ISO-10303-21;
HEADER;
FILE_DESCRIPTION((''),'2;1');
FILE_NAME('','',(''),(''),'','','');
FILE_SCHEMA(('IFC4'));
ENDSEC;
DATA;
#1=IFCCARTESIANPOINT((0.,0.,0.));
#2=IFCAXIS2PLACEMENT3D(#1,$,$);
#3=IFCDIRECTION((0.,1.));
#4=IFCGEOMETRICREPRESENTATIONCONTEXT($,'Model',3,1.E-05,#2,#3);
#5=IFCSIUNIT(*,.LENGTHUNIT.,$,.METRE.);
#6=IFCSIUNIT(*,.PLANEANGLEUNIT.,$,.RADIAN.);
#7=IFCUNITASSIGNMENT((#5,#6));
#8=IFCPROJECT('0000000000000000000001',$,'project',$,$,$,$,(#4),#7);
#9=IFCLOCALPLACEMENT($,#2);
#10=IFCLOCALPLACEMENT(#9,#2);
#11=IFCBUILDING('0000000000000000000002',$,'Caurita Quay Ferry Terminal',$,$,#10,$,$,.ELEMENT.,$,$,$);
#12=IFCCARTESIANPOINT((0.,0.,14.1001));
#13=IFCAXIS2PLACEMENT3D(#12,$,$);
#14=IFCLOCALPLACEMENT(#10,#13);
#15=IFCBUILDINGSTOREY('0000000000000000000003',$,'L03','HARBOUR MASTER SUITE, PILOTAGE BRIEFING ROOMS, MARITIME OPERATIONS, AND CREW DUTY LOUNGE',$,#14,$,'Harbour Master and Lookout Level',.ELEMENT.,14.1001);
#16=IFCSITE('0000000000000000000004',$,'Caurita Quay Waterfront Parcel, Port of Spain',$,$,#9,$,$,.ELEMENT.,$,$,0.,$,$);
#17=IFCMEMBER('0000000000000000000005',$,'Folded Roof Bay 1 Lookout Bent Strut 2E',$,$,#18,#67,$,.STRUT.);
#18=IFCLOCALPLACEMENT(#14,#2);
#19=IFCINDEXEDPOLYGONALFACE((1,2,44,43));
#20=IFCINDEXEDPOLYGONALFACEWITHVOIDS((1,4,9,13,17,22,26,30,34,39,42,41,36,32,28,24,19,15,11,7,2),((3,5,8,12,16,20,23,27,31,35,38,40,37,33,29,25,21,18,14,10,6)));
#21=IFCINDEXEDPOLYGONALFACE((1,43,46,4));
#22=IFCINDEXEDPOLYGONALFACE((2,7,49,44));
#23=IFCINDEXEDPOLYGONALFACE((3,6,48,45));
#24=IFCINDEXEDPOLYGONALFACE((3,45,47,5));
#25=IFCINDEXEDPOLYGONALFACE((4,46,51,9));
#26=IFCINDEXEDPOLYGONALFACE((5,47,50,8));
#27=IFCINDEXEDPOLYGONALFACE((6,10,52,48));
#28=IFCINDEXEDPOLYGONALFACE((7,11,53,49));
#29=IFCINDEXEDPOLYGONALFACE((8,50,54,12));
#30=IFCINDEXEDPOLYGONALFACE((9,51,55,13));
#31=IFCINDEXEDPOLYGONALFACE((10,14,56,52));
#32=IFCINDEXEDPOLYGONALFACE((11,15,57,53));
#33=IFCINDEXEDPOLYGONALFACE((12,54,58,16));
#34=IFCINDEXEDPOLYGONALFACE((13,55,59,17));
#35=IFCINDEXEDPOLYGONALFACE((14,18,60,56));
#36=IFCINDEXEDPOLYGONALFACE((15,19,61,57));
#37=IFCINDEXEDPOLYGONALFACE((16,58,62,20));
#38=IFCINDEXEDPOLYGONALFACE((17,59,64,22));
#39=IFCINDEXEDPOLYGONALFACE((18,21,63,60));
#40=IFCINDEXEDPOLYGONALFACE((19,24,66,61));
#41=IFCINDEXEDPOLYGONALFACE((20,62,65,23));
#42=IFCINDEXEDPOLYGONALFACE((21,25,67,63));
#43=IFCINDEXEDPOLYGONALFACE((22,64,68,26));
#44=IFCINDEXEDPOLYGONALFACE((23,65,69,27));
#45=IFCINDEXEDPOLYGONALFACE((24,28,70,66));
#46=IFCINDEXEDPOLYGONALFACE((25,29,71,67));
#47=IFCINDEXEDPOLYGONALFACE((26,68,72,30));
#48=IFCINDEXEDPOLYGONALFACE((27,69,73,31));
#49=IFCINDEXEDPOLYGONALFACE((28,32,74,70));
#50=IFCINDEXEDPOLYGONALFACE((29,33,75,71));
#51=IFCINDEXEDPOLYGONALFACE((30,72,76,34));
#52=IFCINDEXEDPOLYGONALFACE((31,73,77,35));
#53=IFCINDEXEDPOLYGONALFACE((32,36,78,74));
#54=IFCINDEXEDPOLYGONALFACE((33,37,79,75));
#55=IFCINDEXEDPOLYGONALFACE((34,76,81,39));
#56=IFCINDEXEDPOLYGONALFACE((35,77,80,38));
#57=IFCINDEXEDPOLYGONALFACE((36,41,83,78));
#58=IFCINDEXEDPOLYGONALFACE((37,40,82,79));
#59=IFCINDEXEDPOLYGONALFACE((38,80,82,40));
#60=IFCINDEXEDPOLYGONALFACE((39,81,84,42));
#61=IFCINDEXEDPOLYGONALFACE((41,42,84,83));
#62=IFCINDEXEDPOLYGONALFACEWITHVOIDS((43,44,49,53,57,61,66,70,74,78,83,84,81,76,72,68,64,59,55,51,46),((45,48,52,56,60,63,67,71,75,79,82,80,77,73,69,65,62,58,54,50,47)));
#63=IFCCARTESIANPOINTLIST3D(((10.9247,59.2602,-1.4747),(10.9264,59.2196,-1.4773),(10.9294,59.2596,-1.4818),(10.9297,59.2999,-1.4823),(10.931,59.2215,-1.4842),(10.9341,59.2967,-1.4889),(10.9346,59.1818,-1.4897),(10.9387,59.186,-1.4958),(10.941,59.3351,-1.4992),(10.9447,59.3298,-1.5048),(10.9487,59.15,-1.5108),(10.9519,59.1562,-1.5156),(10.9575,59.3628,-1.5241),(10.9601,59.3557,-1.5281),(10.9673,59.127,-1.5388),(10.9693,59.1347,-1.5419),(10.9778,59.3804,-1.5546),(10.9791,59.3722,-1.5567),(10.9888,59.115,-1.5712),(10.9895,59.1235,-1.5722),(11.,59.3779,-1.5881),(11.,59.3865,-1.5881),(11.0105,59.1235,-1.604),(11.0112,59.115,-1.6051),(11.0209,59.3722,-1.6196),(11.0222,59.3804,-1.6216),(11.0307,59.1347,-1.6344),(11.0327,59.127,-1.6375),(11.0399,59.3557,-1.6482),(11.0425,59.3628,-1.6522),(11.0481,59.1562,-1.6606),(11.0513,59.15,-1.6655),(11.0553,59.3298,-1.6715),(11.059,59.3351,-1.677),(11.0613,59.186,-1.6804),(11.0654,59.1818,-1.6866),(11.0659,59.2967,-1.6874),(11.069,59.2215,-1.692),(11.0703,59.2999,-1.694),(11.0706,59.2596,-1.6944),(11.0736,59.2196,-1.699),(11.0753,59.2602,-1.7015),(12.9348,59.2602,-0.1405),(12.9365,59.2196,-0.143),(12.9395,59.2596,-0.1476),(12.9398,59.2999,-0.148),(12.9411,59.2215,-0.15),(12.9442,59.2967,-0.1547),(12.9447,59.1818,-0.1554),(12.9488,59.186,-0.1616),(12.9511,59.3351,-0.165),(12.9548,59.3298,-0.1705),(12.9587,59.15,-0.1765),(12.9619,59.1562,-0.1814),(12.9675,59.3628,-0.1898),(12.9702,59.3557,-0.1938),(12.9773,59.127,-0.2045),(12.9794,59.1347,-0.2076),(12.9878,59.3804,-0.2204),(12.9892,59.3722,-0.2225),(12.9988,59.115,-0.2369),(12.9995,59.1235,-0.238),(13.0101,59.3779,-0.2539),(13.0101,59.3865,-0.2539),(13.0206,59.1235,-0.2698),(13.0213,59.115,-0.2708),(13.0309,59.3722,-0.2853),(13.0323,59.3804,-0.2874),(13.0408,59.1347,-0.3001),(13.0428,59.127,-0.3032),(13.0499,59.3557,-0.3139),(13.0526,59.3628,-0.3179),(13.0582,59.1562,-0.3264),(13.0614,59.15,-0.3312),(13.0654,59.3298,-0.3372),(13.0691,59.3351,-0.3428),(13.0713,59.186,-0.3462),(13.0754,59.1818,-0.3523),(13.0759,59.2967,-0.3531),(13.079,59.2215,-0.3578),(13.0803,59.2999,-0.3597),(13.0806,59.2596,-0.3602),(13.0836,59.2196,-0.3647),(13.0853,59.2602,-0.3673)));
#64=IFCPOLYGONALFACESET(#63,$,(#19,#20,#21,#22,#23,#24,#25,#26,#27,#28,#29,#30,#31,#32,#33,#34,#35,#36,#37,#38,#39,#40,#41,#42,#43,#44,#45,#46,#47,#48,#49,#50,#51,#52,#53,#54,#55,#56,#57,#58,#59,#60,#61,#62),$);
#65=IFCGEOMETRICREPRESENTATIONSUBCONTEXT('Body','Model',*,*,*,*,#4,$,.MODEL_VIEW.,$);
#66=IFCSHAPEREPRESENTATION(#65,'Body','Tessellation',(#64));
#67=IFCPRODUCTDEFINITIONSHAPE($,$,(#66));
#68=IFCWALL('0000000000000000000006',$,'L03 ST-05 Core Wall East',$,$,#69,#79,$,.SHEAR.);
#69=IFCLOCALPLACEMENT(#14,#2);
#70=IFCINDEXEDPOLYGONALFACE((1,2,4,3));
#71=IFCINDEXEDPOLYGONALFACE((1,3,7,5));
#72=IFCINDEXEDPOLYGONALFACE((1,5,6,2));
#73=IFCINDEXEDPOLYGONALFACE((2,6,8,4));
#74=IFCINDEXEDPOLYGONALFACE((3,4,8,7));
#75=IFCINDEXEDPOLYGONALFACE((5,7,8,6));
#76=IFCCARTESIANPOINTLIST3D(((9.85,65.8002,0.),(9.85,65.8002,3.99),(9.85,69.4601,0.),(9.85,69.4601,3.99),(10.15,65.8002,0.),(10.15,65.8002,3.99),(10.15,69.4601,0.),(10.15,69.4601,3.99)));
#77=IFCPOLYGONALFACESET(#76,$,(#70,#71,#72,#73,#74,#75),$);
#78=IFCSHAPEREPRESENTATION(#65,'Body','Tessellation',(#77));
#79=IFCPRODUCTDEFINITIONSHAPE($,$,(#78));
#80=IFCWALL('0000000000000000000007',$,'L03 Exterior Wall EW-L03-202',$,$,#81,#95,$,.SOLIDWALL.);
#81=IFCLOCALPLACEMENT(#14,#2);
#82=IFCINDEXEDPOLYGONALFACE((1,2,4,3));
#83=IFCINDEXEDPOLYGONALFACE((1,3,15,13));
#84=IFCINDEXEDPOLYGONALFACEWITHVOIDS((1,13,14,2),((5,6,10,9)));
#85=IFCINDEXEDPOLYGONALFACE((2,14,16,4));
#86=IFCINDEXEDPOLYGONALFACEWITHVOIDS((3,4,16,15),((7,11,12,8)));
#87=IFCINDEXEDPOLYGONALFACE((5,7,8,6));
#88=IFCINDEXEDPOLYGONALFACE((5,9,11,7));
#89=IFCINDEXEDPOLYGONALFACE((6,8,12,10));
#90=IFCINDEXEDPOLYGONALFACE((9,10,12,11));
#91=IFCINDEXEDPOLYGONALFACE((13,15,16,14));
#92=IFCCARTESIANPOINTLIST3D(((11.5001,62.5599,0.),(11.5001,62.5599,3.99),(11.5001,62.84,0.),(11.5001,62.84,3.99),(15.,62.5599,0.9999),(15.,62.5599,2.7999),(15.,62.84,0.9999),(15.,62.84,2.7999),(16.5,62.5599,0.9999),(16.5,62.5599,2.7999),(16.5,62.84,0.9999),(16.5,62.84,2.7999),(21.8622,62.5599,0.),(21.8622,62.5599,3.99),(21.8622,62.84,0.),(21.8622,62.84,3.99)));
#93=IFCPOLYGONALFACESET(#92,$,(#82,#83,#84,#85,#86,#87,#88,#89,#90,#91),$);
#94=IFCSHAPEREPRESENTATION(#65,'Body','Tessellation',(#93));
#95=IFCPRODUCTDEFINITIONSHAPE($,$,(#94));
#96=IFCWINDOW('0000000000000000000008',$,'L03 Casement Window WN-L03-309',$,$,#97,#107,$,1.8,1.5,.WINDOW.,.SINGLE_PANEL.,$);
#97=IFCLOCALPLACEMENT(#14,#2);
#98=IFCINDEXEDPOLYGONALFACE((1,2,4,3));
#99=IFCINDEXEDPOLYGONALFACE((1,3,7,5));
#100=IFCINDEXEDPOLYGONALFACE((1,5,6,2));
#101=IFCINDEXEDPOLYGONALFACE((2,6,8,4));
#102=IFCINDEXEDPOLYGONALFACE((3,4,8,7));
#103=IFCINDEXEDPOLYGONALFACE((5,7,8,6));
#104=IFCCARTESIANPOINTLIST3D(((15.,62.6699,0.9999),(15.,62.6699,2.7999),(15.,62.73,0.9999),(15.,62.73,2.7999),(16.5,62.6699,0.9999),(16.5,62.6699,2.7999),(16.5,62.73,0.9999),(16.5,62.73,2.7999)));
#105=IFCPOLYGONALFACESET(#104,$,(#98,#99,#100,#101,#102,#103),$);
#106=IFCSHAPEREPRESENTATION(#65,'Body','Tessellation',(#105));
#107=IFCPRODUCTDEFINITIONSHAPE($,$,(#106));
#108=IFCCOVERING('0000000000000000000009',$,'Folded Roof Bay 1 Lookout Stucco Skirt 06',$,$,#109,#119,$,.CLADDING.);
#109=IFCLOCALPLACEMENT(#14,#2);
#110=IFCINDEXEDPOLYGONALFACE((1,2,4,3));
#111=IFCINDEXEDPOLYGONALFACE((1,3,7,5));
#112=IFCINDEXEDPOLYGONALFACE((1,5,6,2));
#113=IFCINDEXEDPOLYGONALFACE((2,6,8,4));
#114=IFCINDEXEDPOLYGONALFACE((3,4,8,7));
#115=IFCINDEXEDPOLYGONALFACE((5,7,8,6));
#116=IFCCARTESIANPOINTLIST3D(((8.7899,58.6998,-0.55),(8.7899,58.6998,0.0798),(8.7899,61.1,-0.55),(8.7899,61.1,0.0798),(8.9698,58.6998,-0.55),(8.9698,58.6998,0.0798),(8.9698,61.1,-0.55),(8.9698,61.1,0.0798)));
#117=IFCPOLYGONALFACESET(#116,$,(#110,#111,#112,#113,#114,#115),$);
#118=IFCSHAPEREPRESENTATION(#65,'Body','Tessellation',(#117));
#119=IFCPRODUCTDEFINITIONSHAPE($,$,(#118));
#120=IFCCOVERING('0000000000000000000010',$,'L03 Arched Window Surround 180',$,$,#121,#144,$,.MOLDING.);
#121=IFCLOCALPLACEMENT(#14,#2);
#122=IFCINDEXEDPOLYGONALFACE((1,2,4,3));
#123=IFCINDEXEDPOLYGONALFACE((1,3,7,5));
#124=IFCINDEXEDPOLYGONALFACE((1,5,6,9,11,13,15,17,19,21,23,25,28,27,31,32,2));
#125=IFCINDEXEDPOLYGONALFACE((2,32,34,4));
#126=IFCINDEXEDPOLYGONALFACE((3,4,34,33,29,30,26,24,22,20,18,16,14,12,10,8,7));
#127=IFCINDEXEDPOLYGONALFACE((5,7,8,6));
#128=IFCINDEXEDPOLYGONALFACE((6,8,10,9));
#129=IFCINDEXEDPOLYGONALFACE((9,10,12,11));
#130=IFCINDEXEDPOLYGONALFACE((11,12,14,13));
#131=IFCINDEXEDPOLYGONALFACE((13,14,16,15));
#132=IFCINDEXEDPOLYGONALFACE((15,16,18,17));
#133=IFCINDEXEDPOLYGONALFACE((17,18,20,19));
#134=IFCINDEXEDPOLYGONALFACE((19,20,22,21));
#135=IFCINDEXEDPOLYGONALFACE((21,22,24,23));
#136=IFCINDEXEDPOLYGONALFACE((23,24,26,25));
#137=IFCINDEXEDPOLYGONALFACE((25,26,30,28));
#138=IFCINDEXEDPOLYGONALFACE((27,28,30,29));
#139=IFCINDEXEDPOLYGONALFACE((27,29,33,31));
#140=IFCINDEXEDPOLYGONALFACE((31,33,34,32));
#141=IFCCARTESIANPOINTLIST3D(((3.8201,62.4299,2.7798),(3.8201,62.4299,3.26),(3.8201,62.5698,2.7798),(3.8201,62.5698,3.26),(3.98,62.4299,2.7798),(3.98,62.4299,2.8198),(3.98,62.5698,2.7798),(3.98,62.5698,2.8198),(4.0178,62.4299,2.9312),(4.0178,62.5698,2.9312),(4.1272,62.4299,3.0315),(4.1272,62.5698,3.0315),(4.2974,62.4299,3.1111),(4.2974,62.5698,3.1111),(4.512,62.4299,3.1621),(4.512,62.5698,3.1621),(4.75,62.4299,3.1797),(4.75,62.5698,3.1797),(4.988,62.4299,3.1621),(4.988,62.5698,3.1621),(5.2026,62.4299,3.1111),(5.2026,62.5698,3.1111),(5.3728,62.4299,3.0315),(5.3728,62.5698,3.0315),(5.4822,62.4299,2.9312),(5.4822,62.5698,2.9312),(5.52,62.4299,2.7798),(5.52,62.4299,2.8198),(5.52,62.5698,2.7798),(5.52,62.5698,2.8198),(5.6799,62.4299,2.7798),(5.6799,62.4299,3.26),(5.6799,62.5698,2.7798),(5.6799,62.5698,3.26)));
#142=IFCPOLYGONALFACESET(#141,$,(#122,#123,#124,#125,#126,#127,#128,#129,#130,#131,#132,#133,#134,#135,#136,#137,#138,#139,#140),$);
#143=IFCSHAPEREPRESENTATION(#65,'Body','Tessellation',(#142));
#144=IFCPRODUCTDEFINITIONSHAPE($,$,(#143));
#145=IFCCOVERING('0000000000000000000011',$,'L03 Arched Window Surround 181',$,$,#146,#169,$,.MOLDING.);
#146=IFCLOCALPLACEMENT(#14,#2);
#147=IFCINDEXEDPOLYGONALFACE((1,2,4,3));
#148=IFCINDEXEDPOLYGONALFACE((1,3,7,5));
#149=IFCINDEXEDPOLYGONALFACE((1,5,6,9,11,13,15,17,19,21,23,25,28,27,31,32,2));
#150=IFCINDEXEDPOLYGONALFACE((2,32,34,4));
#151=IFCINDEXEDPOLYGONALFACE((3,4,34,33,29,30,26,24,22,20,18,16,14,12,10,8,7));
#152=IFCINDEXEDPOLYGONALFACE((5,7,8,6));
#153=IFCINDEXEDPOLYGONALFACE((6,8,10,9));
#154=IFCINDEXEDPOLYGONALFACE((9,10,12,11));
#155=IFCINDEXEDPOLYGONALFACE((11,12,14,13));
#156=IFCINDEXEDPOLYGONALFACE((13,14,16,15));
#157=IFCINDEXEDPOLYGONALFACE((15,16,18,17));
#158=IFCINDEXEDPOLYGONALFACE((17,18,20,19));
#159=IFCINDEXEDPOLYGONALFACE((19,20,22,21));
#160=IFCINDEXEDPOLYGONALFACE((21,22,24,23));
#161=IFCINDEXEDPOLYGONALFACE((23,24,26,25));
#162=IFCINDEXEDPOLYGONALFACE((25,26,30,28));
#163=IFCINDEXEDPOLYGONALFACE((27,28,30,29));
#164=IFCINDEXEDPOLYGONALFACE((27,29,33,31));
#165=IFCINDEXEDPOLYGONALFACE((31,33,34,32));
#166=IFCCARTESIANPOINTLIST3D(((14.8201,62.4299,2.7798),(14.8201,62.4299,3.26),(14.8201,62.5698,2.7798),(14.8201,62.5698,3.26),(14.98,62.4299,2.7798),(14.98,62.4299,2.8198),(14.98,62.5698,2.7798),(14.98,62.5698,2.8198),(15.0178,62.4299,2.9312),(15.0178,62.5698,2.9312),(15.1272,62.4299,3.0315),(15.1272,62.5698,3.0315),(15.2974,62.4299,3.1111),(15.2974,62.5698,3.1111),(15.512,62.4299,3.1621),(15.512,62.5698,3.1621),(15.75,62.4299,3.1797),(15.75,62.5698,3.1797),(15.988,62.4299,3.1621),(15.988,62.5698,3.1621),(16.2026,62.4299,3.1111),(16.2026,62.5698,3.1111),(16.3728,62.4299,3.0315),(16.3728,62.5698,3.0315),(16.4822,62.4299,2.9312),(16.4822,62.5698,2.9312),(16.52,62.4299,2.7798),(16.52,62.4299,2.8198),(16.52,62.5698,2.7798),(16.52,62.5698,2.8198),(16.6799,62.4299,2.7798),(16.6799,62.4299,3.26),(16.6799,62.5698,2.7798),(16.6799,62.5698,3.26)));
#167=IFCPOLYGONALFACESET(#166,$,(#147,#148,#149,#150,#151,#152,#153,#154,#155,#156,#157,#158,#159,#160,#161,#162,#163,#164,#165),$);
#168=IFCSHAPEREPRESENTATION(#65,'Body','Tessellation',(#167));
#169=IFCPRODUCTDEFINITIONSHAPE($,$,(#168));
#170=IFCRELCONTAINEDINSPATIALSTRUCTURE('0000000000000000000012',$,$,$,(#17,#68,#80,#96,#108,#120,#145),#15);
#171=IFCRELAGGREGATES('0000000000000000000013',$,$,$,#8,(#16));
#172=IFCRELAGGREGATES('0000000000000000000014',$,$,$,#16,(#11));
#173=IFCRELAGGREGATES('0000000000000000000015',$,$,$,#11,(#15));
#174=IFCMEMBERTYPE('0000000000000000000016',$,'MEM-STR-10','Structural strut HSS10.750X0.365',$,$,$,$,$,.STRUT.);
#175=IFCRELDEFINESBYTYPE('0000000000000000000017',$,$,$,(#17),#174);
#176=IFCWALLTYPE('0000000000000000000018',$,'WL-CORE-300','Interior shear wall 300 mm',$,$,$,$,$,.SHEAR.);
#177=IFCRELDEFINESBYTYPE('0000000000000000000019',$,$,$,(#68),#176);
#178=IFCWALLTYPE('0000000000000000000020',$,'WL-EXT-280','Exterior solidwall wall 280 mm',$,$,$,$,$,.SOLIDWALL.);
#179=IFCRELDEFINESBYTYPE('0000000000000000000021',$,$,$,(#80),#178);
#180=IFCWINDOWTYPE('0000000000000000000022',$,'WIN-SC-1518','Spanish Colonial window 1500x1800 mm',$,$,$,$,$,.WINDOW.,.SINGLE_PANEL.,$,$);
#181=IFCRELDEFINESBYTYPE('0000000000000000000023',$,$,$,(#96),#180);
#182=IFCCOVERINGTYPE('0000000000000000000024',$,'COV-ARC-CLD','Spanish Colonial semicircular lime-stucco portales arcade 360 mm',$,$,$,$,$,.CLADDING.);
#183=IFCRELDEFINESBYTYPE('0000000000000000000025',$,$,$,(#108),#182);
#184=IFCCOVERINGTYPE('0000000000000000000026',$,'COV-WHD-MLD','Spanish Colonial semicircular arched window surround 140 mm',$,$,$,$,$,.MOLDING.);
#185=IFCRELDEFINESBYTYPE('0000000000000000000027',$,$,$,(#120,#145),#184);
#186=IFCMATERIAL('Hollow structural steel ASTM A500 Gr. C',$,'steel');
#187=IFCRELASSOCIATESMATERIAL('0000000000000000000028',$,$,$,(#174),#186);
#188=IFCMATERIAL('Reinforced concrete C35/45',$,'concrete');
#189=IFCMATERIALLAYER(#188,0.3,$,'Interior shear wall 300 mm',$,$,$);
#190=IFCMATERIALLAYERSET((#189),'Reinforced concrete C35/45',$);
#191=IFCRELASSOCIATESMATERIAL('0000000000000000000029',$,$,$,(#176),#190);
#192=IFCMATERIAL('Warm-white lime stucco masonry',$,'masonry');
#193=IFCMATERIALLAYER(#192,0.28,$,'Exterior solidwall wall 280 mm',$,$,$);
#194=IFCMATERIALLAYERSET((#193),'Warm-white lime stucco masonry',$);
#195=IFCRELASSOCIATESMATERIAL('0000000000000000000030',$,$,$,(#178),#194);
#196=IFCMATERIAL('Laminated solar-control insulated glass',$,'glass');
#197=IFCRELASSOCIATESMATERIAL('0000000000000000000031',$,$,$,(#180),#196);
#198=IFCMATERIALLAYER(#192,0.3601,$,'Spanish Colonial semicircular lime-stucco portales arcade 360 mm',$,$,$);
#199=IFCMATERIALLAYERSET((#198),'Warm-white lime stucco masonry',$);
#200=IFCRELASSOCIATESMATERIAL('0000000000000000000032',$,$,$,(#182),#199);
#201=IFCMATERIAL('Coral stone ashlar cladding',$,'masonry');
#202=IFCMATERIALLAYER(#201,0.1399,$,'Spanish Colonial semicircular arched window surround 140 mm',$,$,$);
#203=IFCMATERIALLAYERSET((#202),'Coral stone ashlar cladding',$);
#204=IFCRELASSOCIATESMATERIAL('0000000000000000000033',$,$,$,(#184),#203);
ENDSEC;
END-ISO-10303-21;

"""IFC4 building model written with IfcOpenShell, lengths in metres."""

from ifc_helpers import new_model, si_unit, direction, frame, frame_2d, origin, origin_2d, place, context, subcontext, project, spatial, polyline, rectangle, hollow_circle, outline, extrude, material, layer, layer_set, material_profile, profile_set, type_object, element, fill, save


model = new_model("IFC4")

# Units and contexts
model_context = context("Model", 3, precision=1e-05, world=origin(), true_north=direction((0.0, 1.0)))
body_context = subcontext(model_context, "Body", "Model", "MODEL_VIEW")
ifc_project = project(units=[si_unit("LENGTHUNIT", "METRE"), si_unit("PLANEANGLEUNIT", "RADIAN")], contexts=[model_context])

# Site, building, storey
site_placement = place(None, origin())
site = spatial("IfcSite", under=ifc_project, at=site_placement, Name="Caurita Quay Waterfront Parcel, Port of Spain", CompositionType="ELEMENT", RefElevation=0.0)
building_placement = place(site_placement, origin())
building = spatial("IfcBuilding", under=site, at=building_placement, Name="Caurita Quay Ferry Terminal", CompositionType="ELEMENT")
storey_placement = place(building_placement, frame((0.0, 0.0, 14.1001)))
storey = spatial("IfcBuildingStorey", under=building, at=storey_placement, Name="L03", Description="HARBOUR MASTER SUITE, PILOTAGE BRIEFING ROOMS, MARITIME OPERATIONS, AND CREW DUTY LOUNGE", LongName="Harbour Master and Lookout Level", CompositionType="ELEMENT", Elevation=14.1001)

# Member
ifc_material_1 = material(Name="Hollow structural steel ASTM A500 Gr. C", Category="steel")
ifc_material_profile_1 = material_profile(ifc_material_1, hollow_circle(Radius=0.1365, WallThickness=0.0085, at=origin_2d()), Name="HSS10.750X0.365")
ifc_profile_set_1 = profile_set([ifc_material_profile_1], Name="Hollow structural steel ASTM A500 Gr. C")
member_type_1 = type_object("IfcMemberType", Name="MEM-STR-10", Description="Structural strut HSS10.750X0.365", PredefinedType="STRUT", material=ifc_profile_set_1)
for number, where, z_axis, x_axis, name in (
    (1, (11.0, 59.25, -1.5881), (0.833154, 0.0, 0.553041), (0.0, 1.0, 0.0), "Folded Roof Bay 1 Lookout Bent Strut 2E"),
):
    element("IfcMember", number, at=place(storey_placement, frame(where, z_axis=z_axis, x_axis=x_axis)), inside=storey, type_object=member_type_1, Name=name, PredefinedType="STRUT", context=body_context, shape_type="SweptSolid", body=[
        extrude(hollow_circle(Radius=0.1365, WallThickness=0.0085, at=origin_2d()), origin(), (0.0, 0.0, 1.0), 2.4126),
    ])

# Wall
ifc_material_2 = material(Name="Reinforced concrete C35/45", Category="concrete")
ifc_layer_1 = layer(ifc_material_2, 0.3, Name="Interior shear wall 300 mm")
ifc_layer_set_1 = layer_set([ifc_layer_1], Name="Reinforced concrete C35/45")
wall_type_1 = type_object("IfcWallType", Name="WL-CORE-300", Description="Interior shear wall 300 mm", PredefinedType="SHEAR", material=ifc_layer_set_1)
wall_1_placement = place(storey_placement, frame((10.0, 65.8, 0.0), z_axis=(0.0, 0.0, 1.0), x_axis=(0.0, 1.0, 0.0)))
element("IfcWall", 2, at=wall_1_placement, inside=storey, type_object=wall_type_1, Name="L03 ST-05 Core Wall East", PredefinedType="SHEAR", context=body_context, shape_type="SweptSolid", body=[
    extrude(rectangle(XDim=3.6599, YDim=0.3, at=frame_2d((1.8301, 0.0))), origin(), (0.0, 0.0, 1.0), 3.99),
])

# Wall, opening, window
ifc_material_3 = material(Name="Warm-white lime stucco masonry", Category="masonry")
ifc_layer_2 = layer(ifc_material_3, 0.28, Name="Exterior solidwall wall 280 mm")
ifc_layer_set_2 = layer_set([ifc_layer_2], Name="Warm-white lime stucco masonry")
wall_type_2 = type_object("IfcWallType", Name="WL-EXT-280", Description="Exterior solidwall wall 280 mm", PredefinedType="SOLIDWALL", material=ifc_layer_set_2)
wall_2_placement = place(storey_placement, frame((11.5, 62.7, 0.0), z_axis=(0.0, 0.0, 1.0), x_axis=(1.0, 0.0, 0.0)))
wall_2 = element("IfcWall", 3, at=wall_2_placement, inside=storey, type_object=wall_type_2, Name="L03 Exterior Wall EW-L03-202", PredefinedType="SOLIDWALL", context=body_context, shape_type="SweptSolid", body=[
    extrude(rectangle(XDim=10.3621, YDim=0.28, at=frame_2d((5.1812, 0.0))), origin(), (0.0, 0.0, 1.0), 3.99),
])
opening_placement = place(wall_2_placement, frame((3.5, 0.0, 1.0)))
opening = element("IfcOpeningElement", 4, at=opening_placement, cuts=wall_2, PredefinedType="OPENING", context=body_context, shape_type="SweptSolid", body=[
    extrude(rectangle(XDim=1.5, YDim=1.8, at=frame_2d((0.75, 0.8999))), frame((0.0, 0.1499, 0.0), z_axis=(0.0, -1.0, 0.0), x_axis=(1.0, 0.0, 0.0)), (0.0, 0.0, 1.0), 0.3),
])
ifc_material_4 = material(Name="Laminated solar-control insulated glass", Category="glass")
window_type = type_object("IfcWindowType", Name="WIN-SC-1518", Description="Spanish Colonial window 1500x1800 mm", PartitioningType="SINGLE_PANEL", PredefinedType="WINDOW", material=ifc_material_4)
window_placement = place(opening_placement, origin())
window = element("IfcWindow", 5, at=window_placement, inside=storey, type_object=window_type, Name="L03 Casement Window WN-L03-309", OverallHeight=1.8, OverallWidth=1.5, PartitioningType="SINGLE_PANEL", PredefinedType="WINDOW", context=body_context, shape_type="SweptSolid", body=[
    extrude(rectangle(XDim=1.5, YDim=1.8, at=frame_2d((0.75, 0.8999))), frame((0.0, 0.03, 0.0), z_axis=(0.0, -1.0, 0.0), x_axis=(1.0, 0.0, 0.0)), (0.0, 0.0, 1.0), 0.0601),
])
fill(opening, window)

# Coverings
ifc_layer_3 = layer(ifc_material_3, 0.3601, Name="Spanish Colonial semicircular lime-stucco portales arcade 360 mm")
ifc_layer_set_3 = layer_set([ifc_layer_3], Name="Warm-white lime stucco masonry")
covering_type_1 = type_object("IfcCoveringType", Name="COV-ARC-CLD", Description="Spanish Colonial semicircular lime-stucco portales arcade 360 mm", PredefinedType="CLADDING", material=ifc_layer_set_3)
covering_placement = place(storey_placement, frame((8.8799, 61.1001, -0.55), z_axis=(0.0, 0.0, 1.0), x_axis=(0.0, -1.0, 0.0)))
element("IfcCovering", 6, at=covering_placement, inside=storey, type_object=covering_type_1, Name="Folded Roof Bay 1 Lookout Stucco Skirt 06", PredefinedType="CLADDING", context=body_context, shape_type="SweptSolid", body=[
    extrude(rectangle(XDim=2.4001, YDim=0.1799, at=frame_2d((1.2002, 0.0))), origin(), (0.0, 0.0, 1.0), 0.6299),
])
ifc_material_5 = material(Name="Coral stone ashlar cladding", Category="masonry")
ifc_layer_4 = layer(ifc_material_5, 0.1399, Name="Spanish Colonial semicircular arched window surround 140 mm")
ifc_layer_set_4 = layer_set([ifc_layer_4], Name="Coral stone ashlar cladding")
covering_type_2 = type_object("IfcCoveringType", Name="COV-WHD-MLD", Description="Spanish Colonial semicircular arched window surround 140 mm", PredefinedType="MOLDING", material=ifc_layer_set_4)
for number, where, z_axis, x_axis, name in (
    (7, (3.8201, 62.5, 2.7798), (0.0, 0.0, 1.0), (1.0, 0.0, 0.0), "L03 Arched Window Surround 180"),
    (8, (14.8201, 62.5, 2.7798), (0.0, 0.0, 1.0), (1.0, 0.0, 0.0), "L03 Arched Window Surround 181"),
):
    element("IfcCovering", number, at=place(storey_placement, frame(where, z_axis=z_axis, x_axis=x_axis)), inside=storey, type_object=covering_type_2, Name=name, PredefinedType="MOLDING", context=body_context, shape_type="SweptSolid", body=[
        extrude(outline(polyline([(0.0, 0.0), (0.1599, 0.0), (0.1599, 0.04), (0.1978, 0.1514), (0.3071, 0.2517), (0.4773, 0.3313), (0.6919, 0.3823), (0.9299, 0.3999), (1.168, 0.3823), (1.3826, 0.3313), (1.5527, 0.2517), (1.6621, 0.1514), (1.7, 0.04), (1.7, 0.0), (1.8599, 0.0), (1.8599, 0.4802), (0.0, 0.4802), (0.0, 0.0)])), frame((0.0, 0.0698, 0.0), z_axis=(0.0, -1.0, 0.0), x_axis=(1.0, 0.0, 0.0)), (0.0, 0.0, 1.0), 0.1399),
    ])

save(model, "model.ifc")
